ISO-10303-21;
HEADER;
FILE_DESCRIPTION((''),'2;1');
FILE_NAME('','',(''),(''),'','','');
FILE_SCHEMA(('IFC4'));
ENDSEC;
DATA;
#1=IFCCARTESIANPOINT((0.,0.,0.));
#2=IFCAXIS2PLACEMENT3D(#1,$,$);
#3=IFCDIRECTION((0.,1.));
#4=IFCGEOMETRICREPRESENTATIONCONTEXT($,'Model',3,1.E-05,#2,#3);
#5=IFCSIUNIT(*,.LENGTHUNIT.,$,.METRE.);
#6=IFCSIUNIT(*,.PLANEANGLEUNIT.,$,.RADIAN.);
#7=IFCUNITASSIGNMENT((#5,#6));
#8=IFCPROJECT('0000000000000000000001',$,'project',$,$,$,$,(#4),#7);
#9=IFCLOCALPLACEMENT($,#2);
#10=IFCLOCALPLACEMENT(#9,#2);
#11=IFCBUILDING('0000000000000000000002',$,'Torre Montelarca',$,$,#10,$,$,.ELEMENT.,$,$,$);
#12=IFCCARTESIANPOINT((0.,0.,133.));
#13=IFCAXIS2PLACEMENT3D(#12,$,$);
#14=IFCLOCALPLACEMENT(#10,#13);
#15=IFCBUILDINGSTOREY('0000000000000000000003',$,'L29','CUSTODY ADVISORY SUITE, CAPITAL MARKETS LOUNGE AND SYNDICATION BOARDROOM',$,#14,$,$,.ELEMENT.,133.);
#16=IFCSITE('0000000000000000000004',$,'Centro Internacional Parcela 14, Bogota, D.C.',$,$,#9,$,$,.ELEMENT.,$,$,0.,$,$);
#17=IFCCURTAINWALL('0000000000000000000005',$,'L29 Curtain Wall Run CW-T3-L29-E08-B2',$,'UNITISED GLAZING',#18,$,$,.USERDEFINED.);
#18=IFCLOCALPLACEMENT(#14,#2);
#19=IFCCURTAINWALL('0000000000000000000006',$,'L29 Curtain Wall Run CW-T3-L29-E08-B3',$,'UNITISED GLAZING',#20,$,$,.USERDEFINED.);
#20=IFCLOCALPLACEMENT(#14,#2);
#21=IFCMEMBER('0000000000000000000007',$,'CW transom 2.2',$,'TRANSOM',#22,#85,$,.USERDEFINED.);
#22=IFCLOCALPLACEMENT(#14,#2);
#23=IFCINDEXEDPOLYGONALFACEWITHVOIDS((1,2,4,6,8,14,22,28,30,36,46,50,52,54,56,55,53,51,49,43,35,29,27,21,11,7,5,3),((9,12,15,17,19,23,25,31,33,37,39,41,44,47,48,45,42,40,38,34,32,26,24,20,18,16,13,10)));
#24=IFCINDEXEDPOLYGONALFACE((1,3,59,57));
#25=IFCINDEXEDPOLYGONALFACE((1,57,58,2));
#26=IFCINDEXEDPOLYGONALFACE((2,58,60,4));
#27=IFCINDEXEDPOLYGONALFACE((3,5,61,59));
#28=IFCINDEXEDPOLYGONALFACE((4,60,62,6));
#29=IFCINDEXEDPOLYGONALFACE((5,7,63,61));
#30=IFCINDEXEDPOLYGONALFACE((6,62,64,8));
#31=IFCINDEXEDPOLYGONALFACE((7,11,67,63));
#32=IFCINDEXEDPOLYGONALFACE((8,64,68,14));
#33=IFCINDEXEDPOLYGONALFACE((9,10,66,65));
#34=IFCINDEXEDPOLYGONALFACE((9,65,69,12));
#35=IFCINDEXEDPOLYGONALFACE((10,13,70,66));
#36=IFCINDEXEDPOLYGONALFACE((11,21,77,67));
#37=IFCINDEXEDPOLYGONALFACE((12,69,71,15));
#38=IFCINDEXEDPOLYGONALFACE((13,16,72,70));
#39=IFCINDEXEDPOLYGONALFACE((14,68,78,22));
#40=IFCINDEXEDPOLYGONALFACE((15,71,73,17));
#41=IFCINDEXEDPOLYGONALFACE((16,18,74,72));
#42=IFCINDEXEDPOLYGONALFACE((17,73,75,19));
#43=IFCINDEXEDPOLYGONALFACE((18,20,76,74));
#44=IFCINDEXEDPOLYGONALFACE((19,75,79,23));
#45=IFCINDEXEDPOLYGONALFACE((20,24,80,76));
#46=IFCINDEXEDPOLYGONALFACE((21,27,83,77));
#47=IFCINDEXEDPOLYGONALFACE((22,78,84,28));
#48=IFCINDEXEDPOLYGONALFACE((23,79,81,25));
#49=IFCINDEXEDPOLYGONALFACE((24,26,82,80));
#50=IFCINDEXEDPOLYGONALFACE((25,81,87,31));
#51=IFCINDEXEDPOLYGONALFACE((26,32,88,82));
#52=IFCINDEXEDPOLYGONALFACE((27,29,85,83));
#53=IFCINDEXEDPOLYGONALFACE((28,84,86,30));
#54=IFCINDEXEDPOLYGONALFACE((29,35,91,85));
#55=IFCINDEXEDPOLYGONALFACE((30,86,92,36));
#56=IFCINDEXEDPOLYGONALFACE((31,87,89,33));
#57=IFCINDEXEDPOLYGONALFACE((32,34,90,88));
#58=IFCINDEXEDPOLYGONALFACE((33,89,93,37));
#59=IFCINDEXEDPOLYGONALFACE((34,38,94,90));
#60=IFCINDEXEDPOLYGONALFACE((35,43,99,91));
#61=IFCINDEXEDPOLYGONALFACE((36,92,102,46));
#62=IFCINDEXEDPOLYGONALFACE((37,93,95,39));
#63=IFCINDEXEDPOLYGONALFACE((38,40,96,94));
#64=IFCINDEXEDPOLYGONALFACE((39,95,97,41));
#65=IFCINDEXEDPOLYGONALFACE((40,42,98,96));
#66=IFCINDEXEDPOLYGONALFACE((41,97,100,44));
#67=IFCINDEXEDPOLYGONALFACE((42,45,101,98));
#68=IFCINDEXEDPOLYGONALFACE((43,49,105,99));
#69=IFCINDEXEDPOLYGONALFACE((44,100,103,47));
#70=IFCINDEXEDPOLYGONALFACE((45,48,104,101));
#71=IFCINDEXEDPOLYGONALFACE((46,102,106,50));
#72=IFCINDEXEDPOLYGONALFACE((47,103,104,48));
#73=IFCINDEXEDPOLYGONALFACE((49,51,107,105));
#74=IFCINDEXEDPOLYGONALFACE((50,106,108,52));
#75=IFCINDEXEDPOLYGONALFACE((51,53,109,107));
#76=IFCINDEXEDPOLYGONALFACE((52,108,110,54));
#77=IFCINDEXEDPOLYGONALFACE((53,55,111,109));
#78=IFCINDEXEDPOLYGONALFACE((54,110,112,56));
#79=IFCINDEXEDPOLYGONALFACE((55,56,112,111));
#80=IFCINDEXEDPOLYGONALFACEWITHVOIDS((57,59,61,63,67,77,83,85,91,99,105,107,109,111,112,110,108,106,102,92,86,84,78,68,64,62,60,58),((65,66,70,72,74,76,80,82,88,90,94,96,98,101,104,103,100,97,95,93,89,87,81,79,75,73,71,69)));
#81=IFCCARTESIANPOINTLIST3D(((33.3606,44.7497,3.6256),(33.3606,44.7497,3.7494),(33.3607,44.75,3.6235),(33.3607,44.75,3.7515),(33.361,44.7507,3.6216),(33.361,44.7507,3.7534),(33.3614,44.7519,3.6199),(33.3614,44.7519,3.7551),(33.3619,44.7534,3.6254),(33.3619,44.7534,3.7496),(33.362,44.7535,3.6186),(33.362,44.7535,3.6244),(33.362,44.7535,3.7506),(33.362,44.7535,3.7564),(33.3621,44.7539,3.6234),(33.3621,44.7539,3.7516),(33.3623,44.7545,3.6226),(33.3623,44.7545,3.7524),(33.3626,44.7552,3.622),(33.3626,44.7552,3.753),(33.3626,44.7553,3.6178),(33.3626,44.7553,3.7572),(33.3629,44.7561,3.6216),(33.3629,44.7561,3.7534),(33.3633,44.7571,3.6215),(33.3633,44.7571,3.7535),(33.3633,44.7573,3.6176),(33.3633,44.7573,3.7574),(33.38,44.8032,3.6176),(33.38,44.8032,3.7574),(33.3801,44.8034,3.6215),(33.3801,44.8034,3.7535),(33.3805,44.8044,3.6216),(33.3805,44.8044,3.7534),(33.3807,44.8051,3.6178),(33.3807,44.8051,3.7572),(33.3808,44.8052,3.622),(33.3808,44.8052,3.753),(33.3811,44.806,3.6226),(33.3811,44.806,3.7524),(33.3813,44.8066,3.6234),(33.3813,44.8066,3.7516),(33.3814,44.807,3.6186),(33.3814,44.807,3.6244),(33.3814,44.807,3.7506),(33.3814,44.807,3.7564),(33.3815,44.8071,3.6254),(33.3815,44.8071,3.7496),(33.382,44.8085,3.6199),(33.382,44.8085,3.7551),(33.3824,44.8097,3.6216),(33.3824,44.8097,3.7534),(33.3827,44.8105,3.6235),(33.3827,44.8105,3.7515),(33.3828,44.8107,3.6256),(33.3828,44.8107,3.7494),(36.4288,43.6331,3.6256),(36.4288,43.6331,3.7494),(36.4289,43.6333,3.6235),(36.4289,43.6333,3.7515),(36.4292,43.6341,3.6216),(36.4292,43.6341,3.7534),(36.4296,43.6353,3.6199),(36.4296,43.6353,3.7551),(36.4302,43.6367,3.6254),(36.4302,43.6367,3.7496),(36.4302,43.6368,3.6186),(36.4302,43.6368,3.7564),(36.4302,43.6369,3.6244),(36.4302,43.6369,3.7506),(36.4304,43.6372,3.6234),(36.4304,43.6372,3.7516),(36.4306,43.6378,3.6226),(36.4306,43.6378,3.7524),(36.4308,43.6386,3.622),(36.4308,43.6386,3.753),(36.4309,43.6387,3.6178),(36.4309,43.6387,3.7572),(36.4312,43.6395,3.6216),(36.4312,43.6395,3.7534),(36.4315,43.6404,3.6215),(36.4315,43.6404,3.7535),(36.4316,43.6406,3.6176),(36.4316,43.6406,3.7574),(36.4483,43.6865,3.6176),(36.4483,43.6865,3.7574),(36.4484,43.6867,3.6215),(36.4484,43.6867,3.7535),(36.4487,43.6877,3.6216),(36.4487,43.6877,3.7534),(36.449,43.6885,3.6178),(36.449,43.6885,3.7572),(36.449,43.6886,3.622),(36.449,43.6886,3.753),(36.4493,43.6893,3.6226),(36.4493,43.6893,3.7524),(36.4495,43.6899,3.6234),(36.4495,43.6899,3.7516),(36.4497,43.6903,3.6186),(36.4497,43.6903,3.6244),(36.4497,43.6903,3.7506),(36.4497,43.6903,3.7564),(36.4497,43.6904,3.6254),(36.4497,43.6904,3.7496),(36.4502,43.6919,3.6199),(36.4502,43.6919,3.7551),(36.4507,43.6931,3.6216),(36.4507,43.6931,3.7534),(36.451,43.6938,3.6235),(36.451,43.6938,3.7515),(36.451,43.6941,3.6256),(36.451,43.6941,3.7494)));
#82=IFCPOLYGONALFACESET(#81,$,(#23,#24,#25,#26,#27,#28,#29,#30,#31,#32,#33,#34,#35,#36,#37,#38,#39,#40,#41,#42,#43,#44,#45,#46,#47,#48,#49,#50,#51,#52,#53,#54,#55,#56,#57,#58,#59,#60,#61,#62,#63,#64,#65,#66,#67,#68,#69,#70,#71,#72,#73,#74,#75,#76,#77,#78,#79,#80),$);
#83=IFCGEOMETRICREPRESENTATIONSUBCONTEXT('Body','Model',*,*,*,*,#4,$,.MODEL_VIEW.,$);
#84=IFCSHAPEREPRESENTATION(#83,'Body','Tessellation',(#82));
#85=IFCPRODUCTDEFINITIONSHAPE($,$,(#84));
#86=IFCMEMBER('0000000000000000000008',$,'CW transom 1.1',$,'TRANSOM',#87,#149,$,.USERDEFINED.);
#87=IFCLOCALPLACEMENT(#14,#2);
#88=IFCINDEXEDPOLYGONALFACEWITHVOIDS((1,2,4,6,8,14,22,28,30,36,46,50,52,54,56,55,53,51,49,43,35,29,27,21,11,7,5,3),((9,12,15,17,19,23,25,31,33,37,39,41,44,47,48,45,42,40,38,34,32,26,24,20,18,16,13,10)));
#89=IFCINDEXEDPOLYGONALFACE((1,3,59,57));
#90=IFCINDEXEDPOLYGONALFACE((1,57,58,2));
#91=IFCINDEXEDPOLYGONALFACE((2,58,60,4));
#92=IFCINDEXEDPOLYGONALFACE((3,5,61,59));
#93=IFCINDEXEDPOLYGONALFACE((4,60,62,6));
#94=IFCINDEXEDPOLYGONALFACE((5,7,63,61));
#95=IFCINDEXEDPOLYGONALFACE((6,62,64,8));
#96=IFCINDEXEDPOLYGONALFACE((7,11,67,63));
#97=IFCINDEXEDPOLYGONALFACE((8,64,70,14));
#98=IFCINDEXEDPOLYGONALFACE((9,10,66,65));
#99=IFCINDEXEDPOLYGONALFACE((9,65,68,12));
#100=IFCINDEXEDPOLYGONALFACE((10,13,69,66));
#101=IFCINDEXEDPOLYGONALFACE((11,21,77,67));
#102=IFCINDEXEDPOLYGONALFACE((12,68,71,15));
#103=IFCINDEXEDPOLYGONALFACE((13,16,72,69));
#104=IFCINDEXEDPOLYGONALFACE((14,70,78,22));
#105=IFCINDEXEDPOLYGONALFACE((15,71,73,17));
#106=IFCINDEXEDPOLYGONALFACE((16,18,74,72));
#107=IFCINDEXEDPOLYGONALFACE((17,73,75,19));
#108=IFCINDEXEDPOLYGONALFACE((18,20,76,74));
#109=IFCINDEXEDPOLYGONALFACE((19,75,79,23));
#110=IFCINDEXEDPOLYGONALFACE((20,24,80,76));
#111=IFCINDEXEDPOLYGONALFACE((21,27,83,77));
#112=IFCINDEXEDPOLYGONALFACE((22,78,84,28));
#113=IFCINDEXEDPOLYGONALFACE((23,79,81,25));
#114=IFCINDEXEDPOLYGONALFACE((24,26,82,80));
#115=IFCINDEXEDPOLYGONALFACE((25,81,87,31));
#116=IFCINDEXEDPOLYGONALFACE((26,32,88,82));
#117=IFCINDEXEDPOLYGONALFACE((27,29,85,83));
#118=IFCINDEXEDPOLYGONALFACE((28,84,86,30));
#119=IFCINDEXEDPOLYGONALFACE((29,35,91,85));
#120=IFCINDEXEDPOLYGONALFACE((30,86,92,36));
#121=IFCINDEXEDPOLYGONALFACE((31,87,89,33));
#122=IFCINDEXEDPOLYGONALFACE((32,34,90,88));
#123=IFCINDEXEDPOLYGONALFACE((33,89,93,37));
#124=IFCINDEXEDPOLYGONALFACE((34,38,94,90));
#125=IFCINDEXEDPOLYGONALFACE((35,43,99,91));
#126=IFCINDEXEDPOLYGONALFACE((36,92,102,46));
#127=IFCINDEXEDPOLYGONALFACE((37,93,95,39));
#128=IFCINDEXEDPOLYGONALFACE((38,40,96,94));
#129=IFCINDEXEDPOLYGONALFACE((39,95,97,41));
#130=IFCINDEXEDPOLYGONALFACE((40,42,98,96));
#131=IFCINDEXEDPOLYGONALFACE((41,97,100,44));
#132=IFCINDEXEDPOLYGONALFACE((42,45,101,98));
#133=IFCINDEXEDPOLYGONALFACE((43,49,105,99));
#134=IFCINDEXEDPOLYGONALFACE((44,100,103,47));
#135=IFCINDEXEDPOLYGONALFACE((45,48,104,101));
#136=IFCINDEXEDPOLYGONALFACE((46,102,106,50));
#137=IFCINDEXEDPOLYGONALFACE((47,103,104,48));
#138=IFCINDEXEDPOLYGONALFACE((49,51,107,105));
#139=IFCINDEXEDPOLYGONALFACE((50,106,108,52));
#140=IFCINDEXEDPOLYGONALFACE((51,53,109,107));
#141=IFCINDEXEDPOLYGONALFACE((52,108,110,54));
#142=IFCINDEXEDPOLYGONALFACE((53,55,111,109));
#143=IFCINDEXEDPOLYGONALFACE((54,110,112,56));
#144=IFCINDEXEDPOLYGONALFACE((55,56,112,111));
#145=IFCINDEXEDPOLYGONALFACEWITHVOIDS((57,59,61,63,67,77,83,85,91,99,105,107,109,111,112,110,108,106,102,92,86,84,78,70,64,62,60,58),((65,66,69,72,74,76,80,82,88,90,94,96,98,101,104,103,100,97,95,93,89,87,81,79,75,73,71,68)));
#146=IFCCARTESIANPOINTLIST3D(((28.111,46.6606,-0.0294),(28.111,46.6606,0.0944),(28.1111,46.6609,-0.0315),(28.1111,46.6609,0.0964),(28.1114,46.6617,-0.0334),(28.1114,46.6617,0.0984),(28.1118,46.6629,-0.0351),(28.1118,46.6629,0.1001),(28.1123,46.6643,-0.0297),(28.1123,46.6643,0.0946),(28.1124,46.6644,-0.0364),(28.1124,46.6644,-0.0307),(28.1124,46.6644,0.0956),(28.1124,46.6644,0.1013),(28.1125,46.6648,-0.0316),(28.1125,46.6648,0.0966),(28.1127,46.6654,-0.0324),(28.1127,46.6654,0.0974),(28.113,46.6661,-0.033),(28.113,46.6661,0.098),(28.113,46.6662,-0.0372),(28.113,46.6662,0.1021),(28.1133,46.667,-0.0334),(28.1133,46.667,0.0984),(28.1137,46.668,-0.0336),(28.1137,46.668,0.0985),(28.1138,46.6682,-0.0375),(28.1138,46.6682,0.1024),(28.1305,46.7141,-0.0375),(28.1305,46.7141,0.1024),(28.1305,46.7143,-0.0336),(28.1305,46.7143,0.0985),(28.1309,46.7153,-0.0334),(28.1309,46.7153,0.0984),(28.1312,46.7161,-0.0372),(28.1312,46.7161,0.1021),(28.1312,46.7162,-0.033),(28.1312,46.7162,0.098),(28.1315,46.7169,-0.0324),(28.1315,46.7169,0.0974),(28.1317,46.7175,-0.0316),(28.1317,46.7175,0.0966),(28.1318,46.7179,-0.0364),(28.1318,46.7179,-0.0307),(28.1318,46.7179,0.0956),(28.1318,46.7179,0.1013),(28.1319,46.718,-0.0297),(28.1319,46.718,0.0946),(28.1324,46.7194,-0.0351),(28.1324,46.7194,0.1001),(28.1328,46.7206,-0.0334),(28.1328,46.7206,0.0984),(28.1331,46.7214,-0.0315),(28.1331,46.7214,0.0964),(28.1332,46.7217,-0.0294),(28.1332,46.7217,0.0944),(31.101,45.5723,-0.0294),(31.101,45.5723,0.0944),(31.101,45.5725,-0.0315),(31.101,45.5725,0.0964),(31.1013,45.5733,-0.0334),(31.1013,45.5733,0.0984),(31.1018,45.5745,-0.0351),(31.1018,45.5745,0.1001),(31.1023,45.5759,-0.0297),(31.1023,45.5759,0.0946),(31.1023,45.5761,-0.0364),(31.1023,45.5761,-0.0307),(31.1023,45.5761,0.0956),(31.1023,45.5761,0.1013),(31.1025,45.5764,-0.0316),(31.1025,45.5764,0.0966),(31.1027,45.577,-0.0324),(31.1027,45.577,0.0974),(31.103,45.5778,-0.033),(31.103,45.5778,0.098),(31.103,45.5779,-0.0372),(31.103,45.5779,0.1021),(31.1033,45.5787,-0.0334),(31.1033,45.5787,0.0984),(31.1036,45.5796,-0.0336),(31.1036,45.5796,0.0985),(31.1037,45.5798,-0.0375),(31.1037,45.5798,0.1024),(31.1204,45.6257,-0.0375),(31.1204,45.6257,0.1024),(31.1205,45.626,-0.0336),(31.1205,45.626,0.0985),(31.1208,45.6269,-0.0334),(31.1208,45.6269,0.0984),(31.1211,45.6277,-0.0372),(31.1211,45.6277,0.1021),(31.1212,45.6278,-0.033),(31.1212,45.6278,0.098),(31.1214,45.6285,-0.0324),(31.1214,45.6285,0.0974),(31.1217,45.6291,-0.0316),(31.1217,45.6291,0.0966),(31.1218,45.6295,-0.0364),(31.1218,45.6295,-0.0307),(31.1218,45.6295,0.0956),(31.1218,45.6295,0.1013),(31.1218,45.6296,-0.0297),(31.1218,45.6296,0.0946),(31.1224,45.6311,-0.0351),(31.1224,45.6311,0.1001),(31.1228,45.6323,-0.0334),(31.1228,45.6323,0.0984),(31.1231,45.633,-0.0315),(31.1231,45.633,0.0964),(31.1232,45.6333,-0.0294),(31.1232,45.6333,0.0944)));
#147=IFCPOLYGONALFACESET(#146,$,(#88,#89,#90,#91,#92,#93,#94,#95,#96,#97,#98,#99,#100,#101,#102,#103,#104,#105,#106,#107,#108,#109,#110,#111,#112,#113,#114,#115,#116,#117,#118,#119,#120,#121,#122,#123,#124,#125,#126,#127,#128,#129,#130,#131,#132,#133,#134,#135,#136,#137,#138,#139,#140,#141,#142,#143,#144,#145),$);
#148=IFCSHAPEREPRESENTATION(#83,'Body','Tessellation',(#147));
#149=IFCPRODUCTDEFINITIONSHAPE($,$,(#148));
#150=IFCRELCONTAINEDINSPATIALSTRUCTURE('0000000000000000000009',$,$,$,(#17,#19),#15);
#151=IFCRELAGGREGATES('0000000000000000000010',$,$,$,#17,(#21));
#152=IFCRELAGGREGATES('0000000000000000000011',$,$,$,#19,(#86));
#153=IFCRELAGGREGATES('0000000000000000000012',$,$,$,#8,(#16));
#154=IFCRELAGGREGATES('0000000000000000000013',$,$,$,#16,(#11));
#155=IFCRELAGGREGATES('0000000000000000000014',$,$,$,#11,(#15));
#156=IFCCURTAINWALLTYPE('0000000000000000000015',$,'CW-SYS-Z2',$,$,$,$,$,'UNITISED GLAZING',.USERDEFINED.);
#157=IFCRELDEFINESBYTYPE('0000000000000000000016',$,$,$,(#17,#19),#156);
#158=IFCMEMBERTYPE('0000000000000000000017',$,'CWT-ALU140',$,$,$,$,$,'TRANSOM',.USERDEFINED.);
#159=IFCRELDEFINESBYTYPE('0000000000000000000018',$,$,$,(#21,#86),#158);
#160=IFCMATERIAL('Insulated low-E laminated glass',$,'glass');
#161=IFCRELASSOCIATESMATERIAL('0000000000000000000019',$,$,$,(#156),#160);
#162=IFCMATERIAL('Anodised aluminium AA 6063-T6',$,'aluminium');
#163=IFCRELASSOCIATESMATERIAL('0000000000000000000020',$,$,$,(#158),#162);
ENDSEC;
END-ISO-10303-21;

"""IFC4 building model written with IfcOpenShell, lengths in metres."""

from ifc_helpers import new_model, si_unit, direction, frame, origin, origin_2d, place, context, subcontext, project, spatial, hollow_rectangle, extrude, source, transform, mapped, material, material_profile, profile_set, type_object, element, aggregate, save


model = new_model("IFC4")

# Units and contexts
model_context = context("Model", 3, precision=1e-05, world=origin(), true_north=direction((0.0, 1.0)))
body_context = subcontext(model_context, "Body", "Model", "MODEL_VIEW")
ifc_project = project(units=[si_unit("LENGTHUNIT", "METRE"), si_unit("PLANEANGLEUNIT", "RADIAN")], contexts=[model_context])

# Site, building, storey
site_placement = place(None, origin())
site = spatial("IfcSite", under=ifc_project, at=site_placement, Name="Centro Internacional Parcela 14, Bogota, D.C.", CompositionType="ELEMENT", RefElevation=0.0)
building_placement = place(site_placement, origin())
building = spatial("IfcBuilding", under=site, at=building_placement, Name="Torre Montelarca", CompositionType="ELEMENT")
storey_placement = place(building_placement, frame((0.0, 0.0, 133.0)))
storey = spatial("IfcBuildingStorey", under=building, at=storey_placement, Name="L29", Description="CUSTODY ADVISORY SUITE, CAPITAL MARKETS LOUNGE AND SYNDICATION BOARDROOM", CompositionType="ELEMENT", Elevation=133.0)

# Curtain walls
ifc_material_1 = material(Name="Insulated low-E laminated glass", Category="glass")
curtain_wall_type = type_object("IfcCurtainWallType", Name="CW-SYS-Z2", ElementType="UNITISED GLAZING", PredefinedType="USERDEFINED", material=ifc_material_1)
curtain_wall_1_placement = place(storey_placement, origin())
curtain_wall_1 = element("IfcCurtainWall", 1, at=curtain_wall_1_placement, inside=storey, type_object=curtain_wall_type, Name="L29 Curtain Wall Run CW-T3-L29-E08-B2", ObjectType="UNITISED GLAZING", PredefinedType="USERDEFINED")
ifc_material_2 = material(Name="Anodised aluminium AA 6063-T6", Category="aluminium")
curtain_wall_2_placement = place(storey_placement, origin())
curtain_wall_2 = element("IfcCurtainWall", 2, at=curtain_wall_2_placement, inside=storey, type_object=curtain_wall_type, Name="L29 Curtain Wall Run CW-T3-L29-E08-B3", ObjectType="UNITISED GLAZING", PredefinedType="USERDEFINED")

# Members
ifc_material_profile_1 = material_profile(ifc_material_2, hollow_rectangle(XDim=0.0649, YDim=0.1399, WallThickness=0.0039, InnerFilletRadius=0.0039, OuterFilletRadius=0.0081, at=origin_2d()), Name="ALU65X140X4", Category="aluminium")
ifc_profile_set_1 = profile_set([ifc_material_profile_1], Name="Anodised aluminium AA 6063-T6")
member_type_1 = type_object("IfcMemberType", Name="CWT-ALU140", ElementType="TRANSOM", PredefinedType="USERDEFINED", material=ifc_profile_set_1)
shared_shape_1 = source(origin(), body_context, "Body", "SweptSolid", [
    extrude(hollow_rectangle(XDim=0.0649, YDim=0.1399, WallThickness=0.0039, InnerFilletRadius=0.0039, OuterFilletRadius=0.0081, at=origin_2d()), origin(), (0.0, 0.0, 1.0), 3.2651),
])
member_1_placement = place(storey_placement, frame((36.4399, 43.6636, 3.6875), z_axis=(-0.939702, 0.341995, 0.0), x_axis=(-0.341995, -0.939702, 0.0)))
member_1 = element("IfcMember", 3, at=member_1_placement, type_object=member_type_1, Name="CW transom 2.2", ObjectType="TRANSOM", PredefinedType="USERDEFINED", context=body_context, shape_type="MappedRepresentation", body=[
    mapped(shared_shape_1, transform((0.0, 0.0, 0.0), scale=1.0)),
])
shared_shape_2 = source(origin(), body_context, "Body", "SweptSolid", [
    extrude(hollow_rectangle(XDim=0.0649, YDim=0.1399, WallThickness=0.0039, InnerFilletRadius=0.0039, OuterFilletRadius=0.0081, at=origin_2d()), origin(), (0.0, 0.0, 1.0), 3.1819),
])
member_2_placement = place(storey_placement, frame((31.1121, 45.6028, 0.0325), z_axis=(-0.939681, 0.342051, 0.0), x_axis=(-0.342051, -0.939681, 0.0)))
member_2 = element("IfcMember", 4, at=member_2_placement, type_object=member_type_1, Name="CW transom 1.1", ObjectType="TRANSOM", PredefinedType="USERDEFINED", context=body_context, shape_type="MappedRepresentation", body=[
    mapped(shared_shape_2, transform((0.0, 0.0, 0.0), scale=1.0)),
])

aggregate(curtain_wall_1, [member_1])
aggregate(curtain_wall_2, [member_2])

save(model, "model.ifc")
